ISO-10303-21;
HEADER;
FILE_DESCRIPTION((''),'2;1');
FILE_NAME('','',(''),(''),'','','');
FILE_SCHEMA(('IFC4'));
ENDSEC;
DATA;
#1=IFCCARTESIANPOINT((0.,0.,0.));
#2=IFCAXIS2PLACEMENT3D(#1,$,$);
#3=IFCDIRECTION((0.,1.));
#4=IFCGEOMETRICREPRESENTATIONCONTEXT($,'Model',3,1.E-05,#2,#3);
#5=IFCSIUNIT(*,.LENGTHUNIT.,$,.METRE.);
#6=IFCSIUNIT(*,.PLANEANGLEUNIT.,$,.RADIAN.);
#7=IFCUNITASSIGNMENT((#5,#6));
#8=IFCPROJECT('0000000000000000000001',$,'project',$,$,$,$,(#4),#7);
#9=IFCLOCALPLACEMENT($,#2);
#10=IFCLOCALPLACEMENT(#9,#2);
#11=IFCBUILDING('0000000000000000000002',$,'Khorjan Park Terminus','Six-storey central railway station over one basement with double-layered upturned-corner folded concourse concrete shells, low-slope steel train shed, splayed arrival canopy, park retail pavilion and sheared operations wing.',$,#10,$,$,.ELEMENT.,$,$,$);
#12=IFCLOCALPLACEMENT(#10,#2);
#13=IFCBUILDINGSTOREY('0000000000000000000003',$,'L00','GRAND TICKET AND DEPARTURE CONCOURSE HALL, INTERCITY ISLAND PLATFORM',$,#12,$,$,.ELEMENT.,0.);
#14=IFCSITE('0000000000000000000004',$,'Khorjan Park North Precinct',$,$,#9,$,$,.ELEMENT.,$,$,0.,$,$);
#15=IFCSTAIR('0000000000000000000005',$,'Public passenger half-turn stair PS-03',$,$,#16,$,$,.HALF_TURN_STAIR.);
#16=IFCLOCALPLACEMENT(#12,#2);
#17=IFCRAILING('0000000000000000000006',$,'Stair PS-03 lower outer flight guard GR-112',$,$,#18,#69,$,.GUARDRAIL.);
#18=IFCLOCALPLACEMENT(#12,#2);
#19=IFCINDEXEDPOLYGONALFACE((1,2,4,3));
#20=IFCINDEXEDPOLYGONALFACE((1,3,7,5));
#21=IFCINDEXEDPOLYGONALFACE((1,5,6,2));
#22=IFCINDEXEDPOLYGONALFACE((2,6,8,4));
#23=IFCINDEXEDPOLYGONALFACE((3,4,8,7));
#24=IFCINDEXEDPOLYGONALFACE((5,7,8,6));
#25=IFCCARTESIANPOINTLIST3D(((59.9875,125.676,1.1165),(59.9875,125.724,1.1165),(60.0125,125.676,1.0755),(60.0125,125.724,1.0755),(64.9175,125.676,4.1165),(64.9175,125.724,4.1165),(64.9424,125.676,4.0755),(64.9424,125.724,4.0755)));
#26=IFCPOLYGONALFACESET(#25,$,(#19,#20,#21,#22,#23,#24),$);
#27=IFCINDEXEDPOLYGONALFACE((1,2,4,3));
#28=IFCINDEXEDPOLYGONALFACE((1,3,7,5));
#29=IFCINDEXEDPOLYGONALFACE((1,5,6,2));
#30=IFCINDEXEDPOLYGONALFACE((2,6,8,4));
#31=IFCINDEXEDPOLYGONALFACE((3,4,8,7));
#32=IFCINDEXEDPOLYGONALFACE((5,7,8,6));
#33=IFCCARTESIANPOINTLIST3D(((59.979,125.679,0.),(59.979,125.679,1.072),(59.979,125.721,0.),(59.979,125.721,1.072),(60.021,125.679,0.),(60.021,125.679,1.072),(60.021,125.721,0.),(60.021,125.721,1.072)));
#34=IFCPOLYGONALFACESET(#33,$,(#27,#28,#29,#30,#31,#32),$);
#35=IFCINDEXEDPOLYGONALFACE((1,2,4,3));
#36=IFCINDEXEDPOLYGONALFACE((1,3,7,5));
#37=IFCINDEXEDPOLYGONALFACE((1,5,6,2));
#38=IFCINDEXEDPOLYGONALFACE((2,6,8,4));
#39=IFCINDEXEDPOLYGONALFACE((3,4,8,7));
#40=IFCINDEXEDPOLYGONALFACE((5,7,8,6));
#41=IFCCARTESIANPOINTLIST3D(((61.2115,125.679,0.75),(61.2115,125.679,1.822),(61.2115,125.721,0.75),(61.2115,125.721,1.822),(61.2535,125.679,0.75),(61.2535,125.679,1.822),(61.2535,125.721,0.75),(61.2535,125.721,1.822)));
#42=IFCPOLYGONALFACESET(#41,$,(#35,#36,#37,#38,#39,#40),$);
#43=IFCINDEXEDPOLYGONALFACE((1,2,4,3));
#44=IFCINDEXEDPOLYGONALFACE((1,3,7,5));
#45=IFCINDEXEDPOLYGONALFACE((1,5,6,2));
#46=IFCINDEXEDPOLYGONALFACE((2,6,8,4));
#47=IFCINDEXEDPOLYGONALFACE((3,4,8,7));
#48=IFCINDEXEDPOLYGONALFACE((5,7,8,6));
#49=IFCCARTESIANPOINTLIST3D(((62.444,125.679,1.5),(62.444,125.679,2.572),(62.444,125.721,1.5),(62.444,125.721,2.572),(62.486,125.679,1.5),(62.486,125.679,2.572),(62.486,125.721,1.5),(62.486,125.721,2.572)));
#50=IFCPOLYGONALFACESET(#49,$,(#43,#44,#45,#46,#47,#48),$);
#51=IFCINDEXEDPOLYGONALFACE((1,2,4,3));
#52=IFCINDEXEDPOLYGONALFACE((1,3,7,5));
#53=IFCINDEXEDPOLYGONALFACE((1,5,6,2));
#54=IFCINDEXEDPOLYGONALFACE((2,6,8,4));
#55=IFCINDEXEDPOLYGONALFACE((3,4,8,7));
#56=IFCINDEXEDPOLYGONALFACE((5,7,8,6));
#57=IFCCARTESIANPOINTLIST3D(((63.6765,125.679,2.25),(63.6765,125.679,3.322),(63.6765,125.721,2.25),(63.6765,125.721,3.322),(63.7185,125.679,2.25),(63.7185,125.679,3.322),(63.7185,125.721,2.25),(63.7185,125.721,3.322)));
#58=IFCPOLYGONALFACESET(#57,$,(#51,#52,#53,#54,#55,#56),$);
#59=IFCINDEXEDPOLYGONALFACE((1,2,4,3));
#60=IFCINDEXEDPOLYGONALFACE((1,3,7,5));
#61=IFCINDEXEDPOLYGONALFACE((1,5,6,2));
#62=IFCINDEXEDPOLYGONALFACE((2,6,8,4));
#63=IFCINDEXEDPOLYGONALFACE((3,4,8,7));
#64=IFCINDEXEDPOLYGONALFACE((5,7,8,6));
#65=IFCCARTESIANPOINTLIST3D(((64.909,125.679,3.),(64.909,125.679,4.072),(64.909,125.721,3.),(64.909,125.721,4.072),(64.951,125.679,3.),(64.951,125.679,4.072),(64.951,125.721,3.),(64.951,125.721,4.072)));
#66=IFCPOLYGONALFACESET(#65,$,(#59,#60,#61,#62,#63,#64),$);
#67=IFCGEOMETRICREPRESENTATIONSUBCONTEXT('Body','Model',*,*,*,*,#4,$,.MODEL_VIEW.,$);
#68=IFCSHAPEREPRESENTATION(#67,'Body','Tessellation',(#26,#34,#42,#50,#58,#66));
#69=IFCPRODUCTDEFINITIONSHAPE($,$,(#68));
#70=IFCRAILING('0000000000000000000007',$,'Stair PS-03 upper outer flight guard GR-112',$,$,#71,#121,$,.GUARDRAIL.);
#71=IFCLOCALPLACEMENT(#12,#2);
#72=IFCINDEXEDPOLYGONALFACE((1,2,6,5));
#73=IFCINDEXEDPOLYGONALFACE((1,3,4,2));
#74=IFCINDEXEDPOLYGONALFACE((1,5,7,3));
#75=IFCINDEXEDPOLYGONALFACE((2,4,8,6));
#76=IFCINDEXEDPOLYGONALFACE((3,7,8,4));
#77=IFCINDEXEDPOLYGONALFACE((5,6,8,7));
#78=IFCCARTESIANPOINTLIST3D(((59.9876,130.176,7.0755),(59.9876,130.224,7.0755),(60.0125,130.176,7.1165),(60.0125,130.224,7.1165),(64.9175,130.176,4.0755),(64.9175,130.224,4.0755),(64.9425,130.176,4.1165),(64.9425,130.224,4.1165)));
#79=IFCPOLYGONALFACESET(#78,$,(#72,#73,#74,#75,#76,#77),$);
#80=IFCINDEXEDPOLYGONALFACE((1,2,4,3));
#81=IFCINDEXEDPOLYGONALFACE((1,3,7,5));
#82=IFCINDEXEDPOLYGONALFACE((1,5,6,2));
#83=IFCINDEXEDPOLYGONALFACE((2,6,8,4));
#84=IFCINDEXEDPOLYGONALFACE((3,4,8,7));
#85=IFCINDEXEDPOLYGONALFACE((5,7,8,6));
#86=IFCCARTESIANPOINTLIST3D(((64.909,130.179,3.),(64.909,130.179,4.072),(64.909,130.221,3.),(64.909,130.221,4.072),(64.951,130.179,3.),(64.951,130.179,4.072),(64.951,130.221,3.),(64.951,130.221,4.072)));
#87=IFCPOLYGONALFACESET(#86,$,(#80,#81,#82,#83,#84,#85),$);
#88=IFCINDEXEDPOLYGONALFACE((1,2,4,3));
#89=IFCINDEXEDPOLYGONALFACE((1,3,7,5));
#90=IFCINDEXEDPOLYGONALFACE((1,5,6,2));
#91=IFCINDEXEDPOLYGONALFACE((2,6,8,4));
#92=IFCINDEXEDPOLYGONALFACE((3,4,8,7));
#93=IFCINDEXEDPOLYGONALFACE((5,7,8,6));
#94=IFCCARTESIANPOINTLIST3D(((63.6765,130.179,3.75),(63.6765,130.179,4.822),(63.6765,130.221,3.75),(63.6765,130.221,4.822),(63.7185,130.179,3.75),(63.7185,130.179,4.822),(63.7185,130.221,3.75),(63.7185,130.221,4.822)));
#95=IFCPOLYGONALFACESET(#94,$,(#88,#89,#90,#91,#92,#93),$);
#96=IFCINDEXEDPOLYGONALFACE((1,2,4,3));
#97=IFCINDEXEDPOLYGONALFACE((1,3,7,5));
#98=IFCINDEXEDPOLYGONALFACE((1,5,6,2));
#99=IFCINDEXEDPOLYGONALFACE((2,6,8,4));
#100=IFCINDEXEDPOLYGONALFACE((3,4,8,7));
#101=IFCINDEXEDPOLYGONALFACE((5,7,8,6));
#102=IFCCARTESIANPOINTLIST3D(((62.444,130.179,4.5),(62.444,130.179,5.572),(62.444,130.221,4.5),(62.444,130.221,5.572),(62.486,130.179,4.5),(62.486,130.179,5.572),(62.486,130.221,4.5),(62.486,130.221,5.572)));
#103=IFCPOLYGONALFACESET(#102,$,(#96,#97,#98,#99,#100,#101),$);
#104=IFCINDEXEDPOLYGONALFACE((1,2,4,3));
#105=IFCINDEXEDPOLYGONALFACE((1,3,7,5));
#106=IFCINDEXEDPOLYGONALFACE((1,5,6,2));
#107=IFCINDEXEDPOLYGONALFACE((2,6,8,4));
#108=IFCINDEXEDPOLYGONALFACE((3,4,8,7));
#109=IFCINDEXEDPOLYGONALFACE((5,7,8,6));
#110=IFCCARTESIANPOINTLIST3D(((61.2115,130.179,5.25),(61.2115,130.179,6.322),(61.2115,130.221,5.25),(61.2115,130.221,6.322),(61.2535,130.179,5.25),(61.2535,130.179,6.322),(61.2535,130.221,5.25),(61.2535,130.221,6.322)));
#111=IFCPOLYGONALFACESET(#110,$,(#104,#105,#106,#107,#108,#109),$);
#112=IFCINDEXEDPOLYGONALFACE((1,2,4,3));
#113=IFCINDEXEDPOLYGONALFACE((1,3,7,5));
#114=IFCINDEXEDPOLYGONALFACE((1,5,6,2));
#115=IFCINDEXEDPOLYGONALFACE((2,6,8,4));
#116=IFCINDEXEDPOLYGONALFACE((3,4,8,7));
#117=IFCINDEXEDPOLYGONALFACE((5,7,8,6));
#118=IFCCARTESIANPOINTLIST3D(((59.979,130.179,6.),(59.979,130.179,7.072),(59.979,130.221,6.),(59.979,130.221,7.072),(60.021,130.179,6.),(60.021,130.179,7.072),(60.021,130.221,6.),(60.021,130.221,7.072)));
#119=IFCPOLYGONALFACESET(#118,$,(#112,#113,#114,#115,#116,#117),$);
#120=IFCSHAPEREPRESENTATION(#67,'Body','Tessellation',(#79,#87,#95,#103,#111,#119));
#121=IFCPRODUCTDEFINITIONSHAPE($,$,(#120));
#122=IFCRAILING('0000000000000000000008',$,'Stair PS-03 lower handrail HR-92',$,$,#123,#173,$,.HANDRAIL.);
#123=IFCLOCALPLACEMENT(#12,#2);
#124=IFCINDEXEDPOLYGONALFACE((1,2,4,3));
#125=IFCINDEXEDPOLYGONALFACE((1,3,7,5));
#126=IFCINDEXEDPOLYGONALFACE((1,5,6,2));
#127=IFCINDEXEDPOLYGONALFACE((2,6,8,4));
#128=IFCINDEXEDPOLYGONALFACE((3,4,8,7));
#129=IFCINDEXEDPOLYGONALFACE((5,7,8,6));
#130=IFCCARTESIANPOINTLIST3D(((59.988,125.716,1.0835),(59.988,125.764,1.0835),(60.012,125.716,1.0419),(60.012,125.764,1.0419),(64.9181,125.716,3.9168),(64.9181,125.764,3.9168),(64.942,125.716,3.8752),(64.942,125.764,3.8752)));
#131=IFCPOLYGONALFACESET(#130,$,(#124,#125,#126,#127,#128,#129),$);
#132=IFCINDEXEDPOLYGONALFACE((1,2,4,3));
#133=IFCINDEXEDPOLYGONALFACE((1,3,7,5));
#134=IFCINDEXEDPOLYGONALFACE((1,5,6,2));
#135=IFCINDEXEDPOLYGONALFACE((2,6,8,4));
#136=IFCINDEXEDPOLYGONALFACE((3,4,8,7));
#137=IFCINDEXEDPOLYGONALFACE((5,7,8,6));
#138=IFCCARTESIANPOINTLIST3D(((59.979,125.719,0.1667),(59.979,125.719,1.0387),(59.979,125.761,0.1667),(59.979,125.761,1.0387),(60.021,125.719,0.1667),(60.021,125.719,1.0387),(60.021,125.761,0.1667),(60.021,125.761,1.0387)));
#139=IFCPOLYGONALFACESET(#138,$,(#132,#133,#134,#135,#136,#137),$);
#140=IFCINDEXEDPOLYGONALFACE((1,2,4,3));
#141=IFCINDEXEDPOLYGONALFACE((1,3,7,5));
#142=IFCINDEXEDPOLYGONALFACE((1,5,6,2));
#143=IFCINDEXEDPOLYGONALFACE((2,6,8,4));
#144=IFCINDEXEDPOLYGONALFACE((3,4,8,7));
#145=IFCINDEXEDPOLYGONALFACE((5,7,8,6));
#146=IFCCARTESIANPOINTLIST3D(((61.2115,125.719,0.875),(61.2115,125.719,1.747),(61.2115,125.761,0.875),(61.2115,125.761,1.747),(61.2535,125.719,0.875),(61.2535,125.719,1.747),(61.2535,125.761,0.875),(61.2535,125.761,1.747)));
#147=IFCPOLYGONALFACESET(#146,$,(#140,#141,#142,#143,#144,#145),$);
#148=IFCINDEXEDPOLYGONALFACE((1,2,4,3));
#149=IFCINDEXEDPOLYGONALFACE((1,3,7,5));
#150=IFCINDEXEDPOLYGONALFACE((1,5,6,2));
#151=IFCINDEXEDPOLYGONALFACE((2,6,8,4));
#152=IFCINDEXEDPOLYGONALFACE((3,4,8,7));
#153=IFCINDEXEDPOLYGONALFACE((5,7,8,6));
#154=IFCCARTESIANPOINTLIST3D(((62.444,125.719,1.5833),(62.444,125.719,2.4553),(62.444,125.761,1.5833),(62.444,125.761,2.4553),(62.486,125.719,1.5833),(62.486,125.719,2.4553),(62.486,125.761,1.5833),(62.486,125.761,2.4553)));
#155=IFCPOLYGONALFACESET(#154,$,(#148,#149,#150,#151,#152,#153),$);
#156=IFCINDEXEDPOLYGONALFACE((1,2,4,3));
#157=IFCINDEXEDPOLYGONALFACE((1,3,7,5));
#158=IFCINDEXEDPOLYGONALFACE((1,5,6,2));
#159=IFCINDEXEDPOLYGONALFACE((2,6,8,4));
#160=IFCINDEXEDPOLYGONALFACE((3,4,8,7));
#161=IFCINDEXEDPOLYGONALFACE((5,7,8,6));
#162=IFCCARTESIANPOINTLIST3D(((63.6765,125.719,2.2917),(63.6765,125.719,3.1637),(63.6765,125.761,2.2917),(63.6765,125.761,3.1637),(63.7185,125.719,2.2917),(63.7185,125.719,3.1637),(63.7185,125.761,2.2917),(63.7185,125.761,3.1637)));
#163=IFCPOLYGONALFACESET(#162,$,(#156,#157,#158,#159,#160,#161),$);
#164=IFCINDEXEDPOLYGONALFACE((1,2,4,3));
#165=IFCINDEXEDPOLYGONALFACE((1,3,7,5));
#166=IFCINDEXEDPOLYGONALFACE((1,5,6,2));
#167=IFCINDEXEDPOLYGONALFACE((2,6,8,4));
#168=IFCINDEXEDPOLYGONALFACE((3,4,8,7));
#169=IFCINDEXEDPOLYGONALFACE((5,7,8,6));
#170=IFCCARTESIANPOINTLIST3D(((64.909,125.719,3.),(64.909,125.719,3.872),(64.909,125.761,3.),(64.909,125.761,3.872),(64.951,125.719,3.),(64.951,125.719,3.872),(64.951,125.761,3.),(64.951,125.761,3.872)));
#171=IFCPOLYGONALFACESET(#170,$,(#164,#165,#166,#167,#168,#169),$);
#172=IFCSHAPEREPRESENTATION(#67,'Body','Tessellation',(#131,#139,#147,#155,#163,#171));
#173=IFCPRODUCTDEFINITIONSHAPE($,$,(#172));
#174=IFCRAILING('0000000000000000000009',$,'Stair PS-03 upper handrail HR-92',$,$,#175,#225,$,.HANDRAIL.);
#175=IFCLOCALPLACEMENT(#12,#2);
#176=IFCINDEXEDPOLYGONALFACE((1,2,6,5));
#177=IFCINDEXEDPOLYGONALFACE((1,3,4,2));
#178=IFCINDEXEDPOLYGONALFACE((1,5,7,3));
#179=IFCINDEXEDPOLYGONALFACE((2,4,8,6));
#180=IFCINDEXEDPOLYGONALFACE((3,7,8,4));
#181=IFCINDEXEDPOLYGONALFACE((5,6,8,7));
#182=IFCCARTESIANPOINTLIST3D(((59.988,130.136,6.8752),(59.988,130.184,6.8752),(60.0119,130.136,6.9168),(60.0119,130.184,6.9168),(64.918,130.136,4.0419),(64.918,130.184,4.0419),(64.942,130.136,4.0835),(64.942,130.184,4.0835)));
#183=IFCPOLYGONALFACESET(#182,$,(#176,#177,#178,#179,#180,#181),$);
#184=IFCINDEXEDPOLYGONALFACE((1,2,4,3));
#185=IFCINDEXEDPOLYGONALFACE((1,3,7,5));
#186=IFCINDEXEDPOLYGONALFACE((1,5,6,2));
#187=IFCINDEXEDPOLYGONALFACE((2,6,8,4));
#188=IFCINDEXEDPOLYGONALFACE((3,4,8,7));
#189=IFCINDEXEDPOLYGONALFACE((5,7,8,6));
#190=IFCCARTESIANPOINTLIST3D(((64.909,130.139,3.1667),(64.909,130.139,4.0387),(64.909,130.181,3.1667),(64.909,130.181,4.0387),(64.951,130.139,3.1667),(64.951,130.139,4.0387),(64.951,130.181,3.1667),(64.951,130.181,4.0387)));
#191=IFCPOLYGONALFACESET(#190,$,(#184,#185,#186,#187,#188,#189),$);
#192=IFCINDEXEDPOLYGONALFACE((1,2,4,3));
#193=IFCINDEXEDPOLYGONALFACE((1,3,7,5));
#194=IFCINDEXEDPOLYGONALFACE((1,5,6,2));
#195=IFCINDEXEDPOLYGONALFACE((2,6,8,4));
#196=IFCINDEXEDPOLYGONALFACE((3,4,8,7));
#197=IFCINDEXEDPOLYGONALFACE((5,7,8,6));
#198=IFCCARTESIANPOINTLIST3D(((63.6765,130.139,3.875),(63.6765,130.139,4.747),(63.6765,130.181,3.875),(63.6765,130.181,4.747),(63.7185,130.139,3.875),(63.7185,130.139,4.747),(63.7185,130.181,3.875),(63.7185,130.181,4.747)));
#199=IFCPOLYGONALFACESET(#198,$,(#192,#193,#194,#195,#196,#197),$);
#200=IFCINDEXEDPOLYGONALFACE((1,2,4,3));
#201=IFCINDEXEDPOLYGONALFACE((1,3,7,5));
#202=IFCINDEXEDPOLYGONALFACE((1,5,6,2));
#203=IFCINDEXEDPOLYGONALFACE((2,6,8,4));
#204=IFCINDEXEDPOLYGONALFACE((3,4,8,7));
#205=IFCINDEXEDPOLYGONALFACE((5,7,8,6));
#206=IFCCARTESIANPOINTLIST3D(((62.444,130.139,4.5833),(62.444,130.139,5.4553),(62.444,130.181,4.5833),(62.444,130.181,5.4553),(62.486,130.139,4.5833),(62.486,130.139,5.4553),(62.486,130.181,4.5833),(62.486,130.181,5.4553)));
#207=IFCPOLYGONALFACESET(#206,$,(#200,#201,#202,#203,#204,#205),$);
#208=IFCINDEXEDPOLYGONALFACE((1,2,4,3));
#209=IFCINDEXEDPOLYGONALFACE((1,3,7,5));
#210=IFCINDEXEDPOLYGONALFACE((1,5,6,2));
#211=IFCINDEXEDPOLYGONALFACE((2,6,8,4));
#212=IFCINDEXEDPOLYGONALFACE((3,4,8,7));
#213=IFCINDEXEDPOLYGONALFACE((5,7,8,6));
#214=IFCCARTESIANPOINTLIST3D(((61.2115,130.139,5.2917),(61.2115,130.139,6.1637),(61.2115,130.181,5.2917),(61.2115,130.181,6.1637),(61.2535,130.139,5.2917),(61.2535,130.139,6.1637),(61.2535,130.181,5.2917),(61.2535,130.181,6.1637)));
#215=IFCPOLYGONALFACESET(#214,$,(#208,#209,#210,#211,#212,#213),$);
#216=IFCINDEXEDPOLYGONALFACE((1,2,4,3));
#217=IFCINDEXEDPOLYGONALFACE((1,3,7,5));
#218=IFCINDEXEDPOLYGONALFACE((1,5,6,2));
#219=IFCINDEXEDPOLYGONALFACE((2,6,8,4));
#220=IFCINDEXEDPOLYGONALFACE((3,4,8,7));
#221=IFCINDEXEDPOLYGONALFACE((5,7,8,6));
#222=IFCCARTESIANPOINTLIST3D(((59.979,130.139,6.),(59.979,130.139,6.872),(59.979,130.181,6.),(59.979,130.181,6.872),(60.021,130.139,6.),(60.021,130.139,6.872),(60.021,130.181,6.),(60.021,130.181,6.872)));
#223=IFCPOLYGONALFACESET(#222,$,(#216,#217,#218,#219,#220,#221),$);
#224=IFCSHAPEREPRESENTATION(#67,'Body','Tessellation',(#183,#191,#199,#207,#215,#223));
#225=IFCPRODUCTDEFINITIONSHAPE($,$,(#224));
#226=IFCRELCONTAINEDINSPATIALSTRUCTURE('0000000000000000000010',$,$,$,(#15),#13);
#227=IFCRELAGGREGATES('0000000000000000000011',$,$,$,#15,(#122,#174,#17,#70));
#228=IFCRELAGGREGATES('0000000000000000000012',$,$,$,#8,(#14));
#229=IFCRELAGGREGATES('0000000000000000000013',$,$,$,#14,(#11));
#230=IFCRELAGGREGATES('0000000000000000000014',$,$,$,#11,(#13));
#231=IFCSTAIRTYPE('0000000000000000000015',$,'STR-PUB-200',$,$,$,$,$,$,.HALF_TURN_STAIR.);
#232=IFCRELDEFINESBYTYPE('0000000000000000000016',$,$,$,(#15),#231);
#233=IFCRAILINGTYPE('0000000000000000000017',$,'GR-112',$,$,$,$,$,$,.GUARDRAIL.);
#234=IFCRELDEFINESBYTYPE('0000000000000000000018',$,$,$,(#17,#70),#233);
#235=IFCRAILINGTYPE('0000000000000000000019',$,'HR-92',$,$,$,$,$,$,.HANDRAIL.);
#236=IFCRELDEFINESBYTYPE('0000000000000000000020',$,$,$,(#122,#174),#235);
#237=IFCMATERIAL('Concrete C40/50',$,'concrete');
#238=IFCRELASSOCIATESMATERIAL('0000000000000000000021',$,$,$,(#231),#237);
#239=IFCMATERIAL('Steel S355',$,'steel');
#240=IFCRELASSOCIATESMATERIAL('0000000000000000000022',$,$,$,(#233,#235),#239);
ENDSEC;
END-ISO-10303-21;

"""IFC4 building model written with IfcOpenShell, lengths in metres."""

from ifc_helpers import new_model, si_unit, direction, frame, origin, origin_2d, place, context, subcontext, project, spatial, rectangle, extrude, material, type_object, element, aggregate, save


model = new_model("IFC4")

# Units and contexts
model_context = context("Model", 3, precision=1e-05, world=origin(), true_north=direction((0.0, 1.0)))
body_context = subcontext(model_context, "Body", "Model", "MODEL_VIEW")
ifc_project = project(units=[si_unit("LENGTHUNIT", "METRE"), si_unit("PLANEANGLEUNIT", "RADIAN")], contexts=[model_context])

# Site, building, storey
site_placement = place(None, origin())
site = spatial("IfcSite", under=ifc_project, at=site_placement, Name="Khorjan Park North Precinct", CompositionType="ELEMENT", RefElevation=0.0)
building_placement = place(site_placement, origin())
building = spatial("IfcBuilding", under=site, at=building_placement, Name="Khorjan Park Terminus", Description="Six-storey central railway station over one basement with double-layered upturned-corner folded concourse concrete shells, low-slope steel train shed, splayed arrival canopy, park retail pavilion and sheared operations wing.", CompositionType="ELEMENT")
storey_placement = place(building_placement, origin())
storey = spatial("IfcBuildingStorey", under=building, at=storey_placement, Name="L00", Description="GRAND TICKET AND DEPARTURE CONCOURSE HALL, INTERCITY ISLAND PLATFORM", CompositionType="ELEMENT", Elevation=0.0)

# Shared definitions
ifc_material_1 = material(Name="Steel S355", Category="steel")
ifc_material_2 = material(Name="Concrete C40/50", Category="concrete")

# Stair, railings
stair_type = type_object("IfcStairType", Name="STR-PUB-200", PredefinedType="HALF_TURN_STAIR", material=ifc_material_2)
stair_placement = place(storey_placement, origin())
stair = element("IfcStair", 1, at=stair_placement, inside=storey, type_object=stair_type, Name="Public passenger half-turn stair PS-03", PredefinedType="HALF_TURN_STAIR")
railing_type_1 = type_object("IfcRailingType", Name="GR-112", PredefinedType="GUARDRAIL", material=ifc_material_1)
railing_1_placement = place(storey_placement, frame((60.0, 125.7, 0.0)))
railing_1 = element("IfcRailing", 2, at=railing_1_placement, type_object=railing_type_1, Name="Stair PS-03 lower outer flight guard GR-112", PredefinedType="GUARDRAIL", context=body_context, shape_type="SweptSolid", body=[
    extrude(rectangle(XDim=0.048, YDim=0.048, at=origin_2d()), frame((0.0, 0.0, 1.096), z_axis=(0.854265, 0.0, 0.519837), x_axis=(0.0, 1.0, 0.0)), (0.0, 0.0, 1.0), 5.771),
    extrude(rectangle(XDim=0.042, YDim=0.042, at=origin_2d()), origin(), (0.0, 0.0, 1.0), 1.072),
    extrude(rectangle(XDim=0.042, YDim=0.042, at=origin_2d()), frame((1.2325, 0.0, 0.75)), (0.0, 0.0, 1.0), 1.072),
    extrude(rectangle(XDim=0.042, YDim=0.042, at=origin_2d()), frame((2.465, 0.0, 1.5)), (0.0, 0.0, 1.0), 1.072),
    extrude(rectangle(XDim=0.042, YDim=0.042, at=origin_2d()), frame((3.6975, 0.0, 2.25)), (0.0, 0.0, 1.0), 1.072),
    extrude(rectangle(XDim=0.042, YDim=0.042, at=origin_2d()), frame((4.93, 0.0, 3.0)), (0.0, 0.0, 1.0), 1.072),
])
railing_2_placement = place(storey_placement, frame((64.93, 130.2, 3.0)))
railing_2 = element("IfcRailing", 3, at=railing_2_placement, type_object=railing_type_1, Name="Stair PS-03 upper outer flight guard GR-112", PredefinedType="GUARDRAIL", context=body_context, shape_type="SweptSolid", body=[
    extrude(rectangle(XDim=0.048, YDim=0.048, at=origin_2d()), frame((0.0, 0.0, 1.096), z_axis=(-0.854265, 0.0, 0.519837), x_axis=(0.0, -1.0, 0.0)), (0.0, 0.0, 1.0), 5.771),
    extrude(rectangle(XDim=0.042, YDim=0.042, at=origin_2d()), origin(), (0.0, 0.0, 1.0), 1.072),
    extrude(rectangle(XDim=0.042, YDim=0.042, at=origin_2d()), frame((-1.2325, 0.0, 0.75)), (0.0, 0.0, 1.0), 1.072),
    extrude(rectangle(XDim=0.042, YDim=0.042, at=origin_2d()), frame((-2.465, 0.0, 1.5)), (0.0, 0.0, 1.0), 1.072),
    extrude(rectangle(XDim=0.042, YDim=0.042, at=origin_2d()), frame((-3.6975, 0.0, 2.25)), (0.0, 0.0, 1.0), 1.072),
    extrude(rectangle(XDim=0.042, YDim=0.042, at=origin_2d()), frame((-4.93, 0.0, 3.0)), (0.0, 0.0, 1.0), 1.072),
])
railing_type_2 = type_object("IfcRailingType", Name="HR-92", PredefinedType="HANDRAIL", material=ifc_material_1)
railing_3_placement = place(storey_placement, frame((60.0, 125.74, 0.1667)))
railing_3 = element("IfcRailing", 4, at=railing_3_placement, type_object=railing_type_2, Name="Stair PS-03 lower handrail HR-92", PredefinedType="HANDRAIL", context=body_context, shape_type="SweptSolid", body=[
    extrude(rectangle(XDim=0.048, YDim=0.048, at=origin_2d()), frame((0.0, 0.0, 0.896), z_axis=(0.867016, 0.0, 0.498279), x_axis=(0.0, 1.0, 0.0)), (0.0, 0.0, 1.0), 5.6862),
    extrude(rectangle(XDim=0.042, YDim=0.042, at=origin_2d()), origin(), (0.0, 0.0, 1.0), 0.872),
    extrude(rectangle(XDim=0.042, YDim=0.042, at=origin_2d()), frame((1.2325, 0.0, 0.7083)), (0.0, 0.0, 1.0), 0.872),
    extrude(rectangle(XDim=0.042, YDim=0.042, at=origin_2d()), frame((2.465, 0.0, 1.4166)), (0.0, 0.0, 1.0), 0.872),
    extrude(rectangle(XDim=0.042, YDim=0.042, at=origin_2d()), frame((3.6975, 0.0, 2.125)), (0.0, 0.0, 1.0), 0.872),
    extrude(rectangle(XDim=0.042, YDim=0.042, at=origin_2d()), frame((4.93, 0.0, 2.8333)), (0.0, 0.0, 1.0), 0.872),
])
railing_4_placement = place(storey_placement, frame((64.93, 130.16, 3.1667)))
railing_4 = element("IfcRailing", 5, at=railing_4_placement, type_object=railing_type_2, Name="Stair PS-03 upper handrail HR-92", PredefinedType="HANDRAIL", context=body_context, shape_type="SweptSolid", body=[
    extrude(rectangle(XDim=0.048, YDim=0.048, at=origin_2d()), frame((0.0, 0.0, 0.896), z_axis=(-0.867016, 0.0, 0.498279), x_axis=(0.0, -1.0, 0.0)), (0.0, 0.0, 1.0), 5.6862),
    extrude(rectangle(XDim=0.042, YDim=0.042, at=origin_2d()), origin(), (0.0, 0.0, 1.0), 0.872),
    extrude(rectangle(XDim=0.042, YDim=0.042, at=origin_2d()), frame((-1.2325, 0.0, 0.7083)), (0.0, 0.0, 1.0), 0.872),
    extrude(rectangle(XDim=0.042, YDim=0.042, at=origin_2d()), frame((-2.465, 0.0, 1.4166)), (0.0, 0.0, 1.0), 0.872),
    extrude(rectangle(XDim=0.042, YDim=0.042, at=origin_2d()), frame((-3.6975, 0.0, 2.125)), (0.0, 0.0, 1.0), 0.872),
    extrude(rectangle(XDim=0.042, YDim=0.042, at=origin_2d()), frame((-4.93, 0.0, 2.8333)), (0.0, 0.0, 1.0), 0.872),
])
aggregate(stair, [railing_3, railing_4, railing_1, railing_2])

save(model, "model.ifc")
